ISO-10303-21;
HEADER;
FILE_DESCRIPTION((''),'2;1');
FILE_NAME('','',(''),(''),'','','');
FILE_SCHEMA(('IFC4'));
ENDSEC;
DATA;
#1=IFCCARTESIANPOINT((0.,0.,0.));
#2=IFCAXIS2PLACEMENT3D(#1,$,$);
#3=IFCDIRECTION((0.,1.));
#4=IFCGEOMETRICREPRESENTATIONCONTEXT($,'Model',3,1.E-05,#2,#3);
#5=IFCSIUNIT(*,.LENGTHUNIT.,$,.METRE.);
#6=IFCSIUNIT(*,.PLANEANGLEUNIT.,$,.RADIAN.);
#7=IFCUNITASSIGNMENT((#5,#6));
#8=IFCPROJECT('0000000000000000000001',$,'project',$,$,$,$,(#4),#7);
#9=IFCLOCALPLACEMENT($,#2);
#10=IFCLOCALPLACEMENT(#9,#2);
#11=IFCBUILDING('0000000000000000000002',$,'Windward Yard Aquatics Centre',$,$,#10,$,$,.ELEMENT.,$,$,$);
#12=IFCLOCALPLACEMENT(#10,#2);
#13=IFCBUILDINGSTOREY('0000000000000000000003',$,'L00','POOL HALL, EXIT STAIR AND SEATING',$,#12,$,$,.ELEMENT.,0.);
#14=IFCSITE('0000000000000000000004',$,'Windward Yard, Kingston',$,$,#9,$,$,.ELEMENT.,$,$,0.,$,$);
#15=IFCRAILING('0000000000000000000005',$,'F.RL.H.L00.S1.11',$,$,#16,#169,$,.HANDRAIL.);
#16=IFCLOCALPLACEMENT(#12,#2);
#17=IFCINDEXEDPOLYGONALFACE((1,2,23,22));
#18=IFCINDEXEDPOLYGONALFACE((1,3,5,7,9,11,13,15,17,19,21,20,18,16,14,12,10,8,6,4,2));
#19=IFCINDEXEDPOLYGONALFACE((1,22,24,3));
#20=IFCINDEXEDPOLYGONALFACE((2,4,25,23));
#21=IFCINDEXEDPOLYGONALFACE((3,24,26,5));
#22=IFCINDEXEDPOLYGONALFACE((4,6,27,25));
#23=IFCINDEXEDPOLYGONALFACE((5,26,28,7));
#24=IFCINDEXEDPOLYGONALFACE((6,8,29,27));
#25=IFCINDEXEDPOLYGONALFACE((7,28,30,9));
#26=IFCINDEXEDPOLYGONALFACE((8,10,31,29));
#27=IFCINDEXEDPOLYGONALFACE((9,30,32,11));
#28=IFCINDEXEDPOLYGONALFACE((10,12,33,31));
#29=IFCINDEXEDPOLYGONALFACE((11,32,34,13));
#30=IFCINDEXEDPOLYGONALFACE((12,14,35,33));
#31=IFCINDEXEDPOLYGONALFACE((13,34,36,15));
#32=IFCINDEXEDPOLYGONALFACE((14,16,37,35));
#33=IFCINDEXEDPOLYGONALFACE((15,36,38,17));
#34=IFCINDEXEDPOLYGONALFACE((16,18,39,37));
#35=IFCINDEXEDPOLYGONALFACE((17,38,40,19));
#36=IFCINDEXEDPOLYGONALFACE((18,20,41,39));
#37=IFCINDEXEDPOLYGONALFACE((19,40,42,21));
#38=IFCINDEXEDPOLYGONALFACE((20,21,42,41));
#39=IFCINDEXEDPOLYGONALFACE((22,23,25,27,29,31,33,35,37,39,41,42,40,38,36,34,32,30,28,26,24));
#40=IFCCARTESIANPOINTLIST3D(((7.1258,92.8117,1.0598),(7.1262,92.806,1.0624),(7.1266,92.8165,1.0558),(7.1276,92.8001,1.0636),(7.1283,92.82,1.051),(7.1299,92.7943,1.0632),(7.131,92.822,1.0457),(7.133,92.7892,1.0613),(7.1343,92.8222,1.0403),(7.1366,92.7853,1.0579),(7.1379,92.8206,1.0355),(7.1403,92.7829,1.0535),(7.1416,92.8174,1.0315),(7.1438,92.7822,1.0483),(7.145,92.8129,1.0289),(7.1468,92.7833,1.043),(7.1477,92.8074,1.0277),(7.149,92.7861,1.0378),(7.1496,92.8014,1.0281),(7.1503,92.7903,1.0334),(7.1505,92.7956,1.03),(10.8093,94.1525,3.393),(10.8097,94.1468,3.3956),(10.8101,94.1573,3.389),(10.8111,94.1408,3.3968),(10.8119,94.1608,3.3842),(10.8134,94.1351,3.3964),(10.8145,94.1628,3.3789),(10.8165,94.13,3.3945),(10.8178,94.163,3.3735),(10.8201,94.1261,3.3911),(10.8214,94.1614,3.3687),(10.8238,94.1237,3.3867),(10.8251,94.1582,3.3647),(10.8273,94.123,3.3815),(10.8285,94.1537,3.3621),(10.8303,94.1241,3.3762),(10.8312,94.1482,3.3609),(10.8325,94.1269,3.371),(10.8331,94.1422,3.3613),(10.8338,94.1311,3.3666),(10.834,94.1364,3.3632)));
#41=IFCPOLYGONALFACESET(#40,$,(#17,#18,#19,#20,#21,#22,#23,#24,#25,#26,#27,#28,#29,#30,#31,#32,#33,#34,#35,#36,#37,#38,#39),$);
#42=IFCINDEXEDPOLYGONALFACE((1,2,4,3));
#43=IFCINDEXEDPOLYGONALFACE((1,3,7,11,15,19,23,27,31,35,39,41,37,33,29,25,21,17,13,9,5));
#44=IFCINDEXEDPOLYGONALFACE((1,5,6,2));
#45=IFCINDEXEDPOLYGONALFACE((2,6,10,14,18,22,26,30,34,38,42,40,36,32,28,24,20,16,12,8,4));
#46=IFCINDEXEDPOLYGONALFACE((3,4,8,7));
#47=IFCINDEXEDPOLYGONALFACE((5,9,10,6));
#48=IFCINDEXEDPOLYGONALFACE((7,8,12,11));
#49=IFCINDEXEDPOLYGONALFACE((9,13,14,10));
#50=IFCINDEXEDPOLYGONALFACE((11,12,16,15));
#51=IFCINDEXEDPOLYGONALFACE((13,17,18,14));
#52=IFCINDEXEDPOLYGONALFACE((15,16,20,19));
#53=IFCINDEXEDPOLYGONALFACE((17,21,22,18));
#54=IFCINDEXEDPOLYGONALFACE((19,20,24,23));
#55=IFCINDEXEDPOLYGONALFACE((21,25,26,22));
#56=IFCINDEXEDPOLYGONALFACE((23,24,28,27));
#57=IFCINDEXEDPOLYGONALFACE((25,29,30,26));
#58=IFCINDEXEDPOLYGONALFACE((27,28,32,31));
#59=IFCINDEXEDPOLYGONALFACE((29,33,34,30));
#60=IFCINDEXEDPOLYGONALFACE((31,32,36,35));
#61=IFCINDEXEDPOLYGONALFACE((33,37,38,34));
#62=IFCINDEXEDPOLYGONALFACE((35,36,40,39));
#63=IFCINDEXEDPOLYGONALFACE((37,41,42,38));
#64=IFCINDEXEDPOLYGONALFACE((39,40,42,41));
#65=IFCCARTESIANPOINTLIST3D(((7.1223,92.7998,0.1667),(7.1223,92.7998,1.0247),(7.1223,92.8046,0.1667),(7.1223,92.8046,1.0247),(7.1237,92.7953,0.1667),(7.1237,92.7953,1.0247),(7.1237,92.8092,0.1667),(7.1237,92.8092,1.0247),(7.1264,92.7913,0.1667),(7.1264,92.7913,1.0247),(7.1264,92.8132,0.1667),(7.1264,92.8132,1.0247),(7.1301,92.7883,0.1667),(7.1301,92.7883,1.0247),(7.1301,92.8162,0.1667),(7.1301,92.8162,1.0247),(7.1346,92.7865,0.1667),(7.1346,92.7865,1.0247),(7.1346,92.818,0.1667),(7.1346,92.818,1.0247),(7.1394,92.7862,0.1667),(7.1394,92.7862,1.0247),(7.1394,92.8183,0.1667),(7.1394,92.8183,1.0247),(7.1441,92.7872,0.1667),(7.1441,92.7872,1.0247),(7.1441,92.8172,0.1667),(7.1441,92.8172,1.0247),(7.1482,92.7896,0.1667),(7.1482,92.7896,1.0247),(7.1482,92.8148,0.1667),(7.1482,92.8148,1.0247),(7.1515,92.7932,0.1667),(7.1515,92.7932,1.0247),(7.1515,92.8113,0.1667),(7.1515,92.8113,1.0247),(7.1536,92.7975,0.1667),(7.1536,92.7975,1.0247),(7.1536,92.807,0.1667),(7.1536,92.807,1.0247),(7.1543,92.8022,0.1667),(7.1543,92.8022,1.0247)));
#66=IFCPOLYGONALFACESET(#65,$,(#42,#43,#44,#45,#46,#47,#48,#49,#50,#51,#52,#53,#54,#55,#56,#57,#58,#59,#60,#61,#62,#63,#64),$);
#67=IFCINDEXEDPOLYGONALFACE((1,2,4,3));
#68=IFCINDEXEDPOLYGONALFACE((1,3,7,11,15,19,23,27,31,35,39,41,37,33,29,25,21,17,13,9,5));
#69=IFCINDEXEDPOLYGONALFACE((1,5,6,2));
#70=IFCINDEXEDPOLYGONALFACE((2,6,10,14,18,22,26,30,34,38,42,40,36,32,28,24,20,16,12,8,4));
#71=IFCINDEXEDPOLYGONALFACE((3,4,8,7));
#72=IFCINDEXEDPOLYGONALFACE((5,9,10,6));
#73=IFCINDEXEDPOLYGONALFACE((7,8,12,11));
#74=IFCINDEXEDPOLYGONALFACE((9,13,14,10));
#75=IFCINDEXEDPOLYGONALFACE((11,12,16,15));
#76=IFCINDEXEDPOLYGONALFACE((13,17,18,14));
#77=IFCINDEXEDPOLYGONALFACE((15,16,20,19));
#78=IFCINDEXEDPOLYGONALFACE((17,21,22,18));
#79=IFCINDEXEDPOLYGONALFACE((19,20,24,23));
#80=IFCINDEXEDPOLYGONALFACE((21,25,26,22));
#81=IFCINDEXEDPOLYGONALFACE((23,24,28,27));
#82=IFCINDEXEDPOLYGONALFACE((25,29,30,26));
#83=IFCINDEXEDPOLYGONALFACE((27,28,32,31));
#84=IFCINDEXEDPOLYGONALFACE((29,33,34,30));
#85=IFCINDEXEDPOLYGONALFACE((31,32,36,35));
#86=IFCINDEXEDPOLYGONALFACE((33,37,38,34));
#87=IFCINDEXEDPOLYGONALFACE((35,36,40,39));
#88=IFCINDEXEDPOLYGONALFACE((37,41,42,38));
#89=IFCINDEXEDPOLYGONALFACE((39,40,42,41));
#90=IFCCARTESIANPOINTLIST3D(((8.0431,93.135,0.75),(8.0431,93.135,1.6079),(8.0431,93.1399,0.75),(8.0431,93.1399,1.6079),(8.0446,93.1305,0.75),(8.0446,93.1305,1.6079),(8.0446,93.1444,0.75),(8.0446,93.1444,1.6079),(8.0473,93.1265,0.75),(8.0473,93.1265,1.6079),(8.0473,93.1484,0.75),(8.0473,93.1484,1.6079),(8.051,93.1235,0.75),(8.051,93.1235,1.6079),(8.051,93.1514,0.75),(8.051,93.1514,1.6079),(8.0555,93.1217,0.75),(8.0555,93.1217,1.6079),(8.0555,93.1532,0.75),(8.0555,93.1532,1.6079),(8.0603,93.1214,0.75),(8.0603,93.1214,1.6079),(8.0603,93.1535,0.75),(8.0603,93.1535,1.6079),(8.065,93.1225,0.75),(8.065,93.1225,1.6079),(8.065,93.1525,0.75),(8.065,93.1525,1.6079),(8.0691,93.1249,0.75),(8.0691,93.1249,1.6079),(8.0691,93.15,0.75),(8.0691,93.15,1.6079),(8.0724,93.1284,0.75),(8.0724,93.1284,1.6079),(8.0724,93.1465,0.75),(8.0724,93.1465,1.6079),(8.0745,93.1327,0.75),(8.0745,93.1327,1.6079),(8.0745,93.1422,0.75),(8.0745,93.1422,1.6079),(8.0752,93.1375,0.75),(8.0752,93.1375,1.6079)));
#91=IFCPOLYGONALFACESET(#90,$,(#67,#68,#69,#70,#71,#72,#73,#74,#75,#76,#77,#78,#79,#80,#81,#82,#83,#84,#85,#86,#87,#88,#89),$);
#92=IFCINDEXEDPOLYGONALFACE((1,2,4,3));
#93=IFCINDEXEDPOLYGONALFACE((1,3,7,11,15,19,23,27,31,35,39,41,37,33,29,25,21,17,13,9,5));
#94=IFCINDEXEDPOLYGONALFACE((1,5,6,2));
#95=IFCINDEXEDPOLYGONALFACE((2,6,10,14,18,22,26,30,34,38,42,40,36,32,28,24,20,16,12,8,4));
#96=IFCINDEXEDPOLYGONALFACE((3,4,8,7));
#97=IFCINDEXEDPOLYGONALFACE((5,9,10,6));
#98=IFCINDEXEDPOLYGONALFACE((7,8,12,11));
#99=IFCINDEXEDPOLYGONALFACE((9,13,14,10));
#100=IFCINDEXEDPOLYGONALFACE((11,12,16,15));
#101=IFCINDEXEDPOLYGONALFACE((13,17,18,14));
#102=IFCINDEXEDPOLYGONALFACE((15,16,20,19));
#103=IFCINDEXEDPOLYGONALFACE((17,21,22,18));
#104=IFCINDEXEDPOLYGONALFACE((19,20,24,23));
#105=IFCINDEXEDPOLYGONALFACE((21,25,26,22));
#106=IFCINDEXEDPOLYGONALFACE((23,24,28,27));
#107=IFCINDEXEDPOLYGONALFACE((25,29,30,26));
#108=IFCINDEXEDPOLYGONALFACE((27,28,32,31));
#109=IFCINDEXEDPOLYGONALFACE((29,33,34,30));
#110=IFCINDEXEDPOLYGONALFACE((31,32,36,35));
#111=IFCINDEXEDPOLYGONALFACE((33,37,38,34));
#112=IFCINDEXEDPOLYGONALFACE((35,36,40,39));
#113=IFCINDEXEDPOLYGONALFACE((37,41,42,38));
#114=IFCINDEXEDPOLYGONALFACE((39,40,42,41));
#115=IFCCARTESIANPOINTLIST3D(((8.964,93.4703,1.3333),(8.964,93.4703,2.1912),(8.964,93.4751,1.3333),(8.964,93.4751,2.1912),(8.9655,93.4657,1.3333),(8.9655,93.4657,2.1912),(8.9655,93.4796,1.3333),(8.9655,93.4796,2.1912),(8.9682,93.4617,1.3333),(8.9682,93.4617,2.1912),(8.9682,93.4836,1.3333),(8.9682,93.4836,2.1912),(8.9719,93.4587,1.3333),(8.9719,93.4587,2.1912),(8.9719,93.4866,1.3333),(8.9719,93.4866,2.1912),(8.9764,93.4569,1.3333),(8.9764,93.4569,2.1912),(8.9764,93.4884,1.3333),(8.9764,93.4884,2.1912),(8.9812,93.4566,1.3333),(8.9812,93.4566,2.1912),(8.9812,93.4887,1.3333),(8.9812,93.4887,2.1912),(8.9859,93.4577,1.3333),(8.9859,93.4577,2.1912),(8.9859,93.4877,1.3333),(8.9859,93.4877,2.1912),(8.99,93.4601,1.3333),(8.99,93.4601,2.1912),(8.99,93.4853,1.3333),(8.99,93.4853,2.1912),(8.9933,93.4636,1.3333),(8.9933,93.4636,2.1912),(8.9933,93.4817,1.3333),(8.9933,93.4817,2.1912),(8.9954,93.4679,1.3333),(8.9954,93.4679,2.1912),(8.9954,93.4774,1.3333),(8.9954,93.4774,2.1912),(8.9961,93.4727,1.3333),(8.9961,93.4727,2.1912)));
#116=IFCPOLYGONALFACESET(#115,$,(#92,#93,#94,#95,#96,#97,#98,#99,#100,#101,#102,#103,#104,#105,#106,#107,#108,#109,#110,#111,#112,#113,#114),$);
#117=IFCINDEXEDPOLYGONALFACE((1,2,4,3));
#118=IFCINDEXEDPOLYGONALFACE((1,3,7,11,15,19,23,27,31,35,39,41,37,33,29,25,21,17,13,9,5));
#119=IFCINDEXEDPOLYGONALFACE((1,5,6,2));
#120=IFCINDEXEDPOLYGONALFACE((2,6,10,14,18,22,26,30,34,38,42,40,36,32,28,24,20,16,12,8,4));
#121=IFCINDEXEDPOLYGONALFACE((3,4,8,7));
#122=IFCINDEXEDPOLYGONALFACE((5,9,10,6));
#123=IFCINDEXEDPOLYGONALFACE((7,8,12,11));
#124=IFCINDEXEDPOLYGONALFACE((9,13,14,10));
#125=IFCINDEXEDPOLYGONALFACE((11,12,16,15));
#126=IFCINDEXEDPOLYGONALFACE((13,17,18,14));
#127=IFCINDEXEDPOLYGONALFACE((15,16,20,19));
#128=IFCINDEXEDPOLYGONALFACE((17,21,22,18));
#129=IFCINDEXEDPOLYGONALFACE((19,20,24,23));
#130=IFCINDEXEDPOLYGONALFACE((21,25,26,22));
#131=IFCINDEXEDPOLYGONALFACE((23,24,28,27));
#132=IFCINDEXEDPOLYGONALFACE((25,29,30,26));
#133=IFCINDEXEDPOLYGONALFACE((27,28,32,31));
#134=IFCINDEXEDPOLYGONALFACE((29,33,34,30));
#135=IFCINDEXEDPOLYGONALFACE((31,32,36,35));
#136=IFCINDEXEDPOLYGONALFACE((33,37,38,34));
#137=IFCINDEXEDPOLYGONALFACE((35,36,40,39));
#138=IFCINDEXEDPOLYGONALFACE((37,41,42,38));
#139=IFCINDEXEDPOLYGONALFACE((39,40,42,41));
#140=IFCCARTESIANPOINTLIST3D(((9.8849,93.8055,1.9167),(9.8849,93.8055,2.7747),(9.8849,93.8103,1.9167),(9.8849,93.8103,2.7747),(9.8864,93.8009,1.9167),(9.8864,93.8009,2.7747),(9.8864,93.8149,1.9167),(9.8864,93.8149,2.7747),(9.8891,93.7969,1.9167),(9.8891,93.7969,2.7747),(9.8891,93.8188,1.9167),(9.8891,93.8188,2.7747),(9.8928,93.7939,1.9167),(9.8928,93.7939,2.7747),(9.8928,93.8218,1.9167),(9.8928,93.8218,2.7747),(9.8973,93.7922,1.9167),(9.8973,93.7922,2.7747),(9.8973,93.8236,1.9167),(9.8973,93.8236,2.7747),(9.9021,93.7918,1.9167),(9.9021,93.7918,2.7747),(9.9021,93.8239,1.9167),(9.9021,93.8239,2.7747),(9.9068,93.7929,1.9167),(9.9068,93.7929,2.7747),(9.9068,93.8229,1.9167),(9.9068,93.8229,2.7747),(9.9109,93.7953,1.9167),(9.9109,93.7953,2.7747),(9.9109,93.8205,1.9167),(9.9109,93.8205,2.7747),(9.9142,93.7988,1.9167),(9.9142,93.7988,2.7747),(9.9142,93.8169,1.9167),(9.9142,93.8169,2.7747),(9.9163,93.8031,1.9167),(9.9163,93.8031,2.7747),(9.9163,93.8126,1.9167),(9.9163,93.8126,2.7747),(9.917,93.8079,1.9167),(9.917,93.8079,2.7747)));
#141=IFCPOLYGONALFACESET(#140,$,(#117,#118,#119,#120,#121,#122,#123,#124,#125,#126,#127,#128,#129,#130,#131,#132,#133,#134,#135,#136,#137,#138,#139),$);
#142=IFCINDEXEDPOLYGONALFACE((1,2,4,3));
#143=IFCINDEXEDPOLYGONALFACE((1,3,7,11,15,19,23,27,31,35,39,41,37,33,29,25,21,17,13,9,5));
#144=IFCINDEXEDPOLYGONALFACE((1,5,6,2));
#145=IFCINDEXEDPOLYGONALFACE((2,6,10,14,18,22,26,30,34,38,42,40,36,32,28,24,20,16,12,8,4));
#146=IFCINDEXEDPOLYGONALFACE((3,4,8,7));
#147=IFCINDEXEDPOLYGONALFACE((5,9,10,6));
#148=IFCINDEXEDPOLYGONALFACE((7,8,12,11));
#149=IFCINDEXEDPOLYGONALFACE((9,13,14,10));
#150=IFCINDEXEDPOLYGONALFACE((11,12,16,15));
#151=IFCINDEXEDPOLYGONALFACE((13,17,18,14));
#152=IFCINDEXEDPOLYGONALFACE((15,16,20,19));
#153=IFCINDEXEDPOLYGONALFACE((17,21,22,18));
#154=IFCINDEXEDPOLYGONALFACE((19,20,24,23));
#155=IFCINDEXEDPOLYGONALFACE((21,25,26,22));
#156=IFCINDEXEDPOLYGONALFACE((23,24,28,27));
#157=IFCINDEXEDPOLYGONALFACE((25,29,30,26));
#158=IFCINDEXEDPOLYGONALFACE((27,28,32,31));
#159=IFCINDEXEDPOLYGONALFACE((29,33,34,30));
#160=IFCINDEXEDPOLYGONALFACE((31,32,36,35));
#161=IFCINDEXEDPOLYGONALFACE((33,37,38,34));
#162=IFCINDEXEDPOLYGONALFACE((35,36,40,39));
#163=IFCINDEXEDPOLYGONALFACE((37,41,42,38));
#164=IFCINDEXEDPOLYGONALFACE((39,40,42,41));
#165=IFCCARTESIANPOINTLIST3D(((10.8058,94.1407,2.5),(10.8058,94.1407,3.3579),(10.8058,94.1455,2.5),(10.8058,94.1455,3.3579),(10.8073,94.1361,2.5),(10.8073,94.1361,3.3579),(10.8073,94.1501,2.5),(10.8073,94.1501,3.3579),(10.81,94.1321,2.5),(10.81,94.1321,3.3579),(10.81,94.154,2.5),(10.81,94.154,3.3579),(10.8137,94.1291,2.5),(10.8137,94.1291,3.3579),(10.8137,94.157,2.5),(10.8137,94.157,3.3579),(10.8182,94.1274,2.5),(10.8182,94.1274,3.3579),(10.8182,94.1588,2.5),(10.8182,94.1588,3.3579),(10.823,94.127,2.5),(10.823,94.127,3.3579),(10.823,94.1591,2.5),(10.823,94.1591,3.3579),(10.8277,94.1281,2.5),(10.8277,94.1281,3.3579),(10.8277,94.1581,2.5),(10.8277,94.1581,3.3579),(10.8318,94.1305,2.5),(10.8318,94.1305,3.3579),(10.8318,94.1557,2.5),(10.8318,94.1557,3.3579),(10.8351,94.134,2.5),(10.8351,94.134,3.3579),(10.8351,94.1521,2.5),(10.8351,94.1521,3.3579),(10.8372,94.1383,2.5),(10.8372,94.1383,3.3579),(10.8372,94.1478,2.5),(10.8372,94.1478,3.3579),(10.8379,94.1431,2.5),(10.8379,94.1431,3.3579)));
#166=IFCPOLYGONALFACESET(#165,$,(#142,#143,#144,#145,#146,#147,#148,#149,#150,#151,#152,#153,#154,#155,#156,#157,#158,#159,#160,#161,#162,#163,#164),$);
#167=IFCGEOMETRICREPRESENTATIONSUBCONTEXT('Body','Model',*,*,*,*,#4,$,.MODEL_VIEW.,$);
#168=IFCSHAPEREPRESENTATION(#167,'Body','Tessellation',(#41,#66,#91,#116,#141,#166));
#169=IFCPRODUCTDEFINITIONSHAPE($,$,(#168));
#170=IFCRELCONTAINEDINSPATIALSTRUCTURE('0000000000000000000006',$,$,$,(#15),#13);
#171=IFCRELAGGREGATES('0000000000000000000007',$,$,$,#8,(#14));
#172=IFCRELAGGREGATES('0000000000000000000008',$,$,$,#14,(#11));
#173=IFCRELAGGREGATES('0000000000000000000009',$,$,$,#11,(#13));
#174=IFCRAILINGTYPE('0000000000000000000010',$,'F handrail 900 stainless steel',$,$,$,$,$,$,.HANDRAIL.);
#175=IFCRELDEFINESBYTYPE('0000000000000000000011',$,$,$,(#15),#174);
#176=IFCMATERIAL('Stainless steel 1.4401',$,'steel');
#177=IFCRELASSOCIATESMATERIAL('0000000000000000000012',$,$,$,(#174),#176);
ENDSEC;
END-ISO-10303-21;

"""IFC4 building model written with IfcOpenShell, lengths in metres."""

from ifc_helpers import new_model, si_unit, direction, frame, origin, origin_2d, place, context, subcontext, project, spatial, circle, extrude, material, type_object, element, save


model = new_model("IFC4")

# Units and contexts
model_context = context("Model", 3, precision=1e-05, world=origin(), true_north=direction((0.0, 1.0)))
body_context = subcontext(model_context, "Body", "Model", "MODEL_VIEW")
ifc_project = project(units=[si_unit("LENGTHUNIT", "METRE"), si_unit("PLANEANGLEUNIT", "RADIAN")], contexts=[model_context])

# Site, building, storey
site_placement = place(None, origin())
site = spatial("IfcSite", under=ifc_project, at=site_placement, Name="Windward Yard, Kingston", CompositionType="ELEMENT", RefElevation=0.0)
building_placement = place(site_placement, origin())
building = spatial("IfcBuilding", under=site, at=building_placement, Name="Windward Yard Aquatics Centre", CompositionType="ELEMENT")
storey_placement = place(building_placement, origin())
storey = spatial("IfcBuildingStorey", under=building, at=storey_placement, Name="L00", Description="POOL HALL, EXIT STAIR AND SEATING", CompositionType="ELEMENT", Elevation=0.0)

# Railing
ifc_material_1 = material(Name="Stainless steel 1.4401", Category="steel")
railing_type = type_object("IfcRailingType", Name="F handrail 900 stainless steel", PredefinedType="HANDRAIL", material=ifc_material_1)
railing_1_placement = place(storey_placement, frame((7.1382, 92.8022, 0.1667)))
element("IfcRailing", 1, at=railing_1_placement, inside=storey, type_object=railing_type, Name="F.RL.H.L00.S1.11", PredefinedType="HANDRAIL", context=body_context, shape_type="SweptSolid", body=[
    extrude(circle(Radius=0.021, at=origin_2d()), frame((0.0, 0.0, 0.8789), z_axis=(0.807473, 0.293919, 0.511467), x_axis=(-0.342043, 0.939684, 0.0)), (0.0, 0.0, 1.0), 4.5618),
    extrude(circle(Radius=0.0161, at=origin_2d()), origin(), (0.0, 0.0, 1.0), 0.8579),
    extrude(circle(Radius=0.0161, at=origin_2d()), frame((0.9209, 0.3352, 0.5833)), (0.0, 0.0, 1.0), 0.8579),
    extrude(circle(Radius=0.0161, at=origin_2d()), frame((1.8418, 0.6704, 1.1665)), (0.0, 0.0, 1.0), 0.8579),
    extrude(circle(Radius=0.0161, at=origin_2d()), frame((2.7627, 1.0056, 1.75)), (0.0, 0.0, 1.0), 0.8579),
    extrude(circle(Radius=0.0161, at=origin_2d()), frame((3.6836, 1.3408, 2.3333)), (0.0, 0.0, 1.0), 0.8579),
])

save(model, "model.ifc")
